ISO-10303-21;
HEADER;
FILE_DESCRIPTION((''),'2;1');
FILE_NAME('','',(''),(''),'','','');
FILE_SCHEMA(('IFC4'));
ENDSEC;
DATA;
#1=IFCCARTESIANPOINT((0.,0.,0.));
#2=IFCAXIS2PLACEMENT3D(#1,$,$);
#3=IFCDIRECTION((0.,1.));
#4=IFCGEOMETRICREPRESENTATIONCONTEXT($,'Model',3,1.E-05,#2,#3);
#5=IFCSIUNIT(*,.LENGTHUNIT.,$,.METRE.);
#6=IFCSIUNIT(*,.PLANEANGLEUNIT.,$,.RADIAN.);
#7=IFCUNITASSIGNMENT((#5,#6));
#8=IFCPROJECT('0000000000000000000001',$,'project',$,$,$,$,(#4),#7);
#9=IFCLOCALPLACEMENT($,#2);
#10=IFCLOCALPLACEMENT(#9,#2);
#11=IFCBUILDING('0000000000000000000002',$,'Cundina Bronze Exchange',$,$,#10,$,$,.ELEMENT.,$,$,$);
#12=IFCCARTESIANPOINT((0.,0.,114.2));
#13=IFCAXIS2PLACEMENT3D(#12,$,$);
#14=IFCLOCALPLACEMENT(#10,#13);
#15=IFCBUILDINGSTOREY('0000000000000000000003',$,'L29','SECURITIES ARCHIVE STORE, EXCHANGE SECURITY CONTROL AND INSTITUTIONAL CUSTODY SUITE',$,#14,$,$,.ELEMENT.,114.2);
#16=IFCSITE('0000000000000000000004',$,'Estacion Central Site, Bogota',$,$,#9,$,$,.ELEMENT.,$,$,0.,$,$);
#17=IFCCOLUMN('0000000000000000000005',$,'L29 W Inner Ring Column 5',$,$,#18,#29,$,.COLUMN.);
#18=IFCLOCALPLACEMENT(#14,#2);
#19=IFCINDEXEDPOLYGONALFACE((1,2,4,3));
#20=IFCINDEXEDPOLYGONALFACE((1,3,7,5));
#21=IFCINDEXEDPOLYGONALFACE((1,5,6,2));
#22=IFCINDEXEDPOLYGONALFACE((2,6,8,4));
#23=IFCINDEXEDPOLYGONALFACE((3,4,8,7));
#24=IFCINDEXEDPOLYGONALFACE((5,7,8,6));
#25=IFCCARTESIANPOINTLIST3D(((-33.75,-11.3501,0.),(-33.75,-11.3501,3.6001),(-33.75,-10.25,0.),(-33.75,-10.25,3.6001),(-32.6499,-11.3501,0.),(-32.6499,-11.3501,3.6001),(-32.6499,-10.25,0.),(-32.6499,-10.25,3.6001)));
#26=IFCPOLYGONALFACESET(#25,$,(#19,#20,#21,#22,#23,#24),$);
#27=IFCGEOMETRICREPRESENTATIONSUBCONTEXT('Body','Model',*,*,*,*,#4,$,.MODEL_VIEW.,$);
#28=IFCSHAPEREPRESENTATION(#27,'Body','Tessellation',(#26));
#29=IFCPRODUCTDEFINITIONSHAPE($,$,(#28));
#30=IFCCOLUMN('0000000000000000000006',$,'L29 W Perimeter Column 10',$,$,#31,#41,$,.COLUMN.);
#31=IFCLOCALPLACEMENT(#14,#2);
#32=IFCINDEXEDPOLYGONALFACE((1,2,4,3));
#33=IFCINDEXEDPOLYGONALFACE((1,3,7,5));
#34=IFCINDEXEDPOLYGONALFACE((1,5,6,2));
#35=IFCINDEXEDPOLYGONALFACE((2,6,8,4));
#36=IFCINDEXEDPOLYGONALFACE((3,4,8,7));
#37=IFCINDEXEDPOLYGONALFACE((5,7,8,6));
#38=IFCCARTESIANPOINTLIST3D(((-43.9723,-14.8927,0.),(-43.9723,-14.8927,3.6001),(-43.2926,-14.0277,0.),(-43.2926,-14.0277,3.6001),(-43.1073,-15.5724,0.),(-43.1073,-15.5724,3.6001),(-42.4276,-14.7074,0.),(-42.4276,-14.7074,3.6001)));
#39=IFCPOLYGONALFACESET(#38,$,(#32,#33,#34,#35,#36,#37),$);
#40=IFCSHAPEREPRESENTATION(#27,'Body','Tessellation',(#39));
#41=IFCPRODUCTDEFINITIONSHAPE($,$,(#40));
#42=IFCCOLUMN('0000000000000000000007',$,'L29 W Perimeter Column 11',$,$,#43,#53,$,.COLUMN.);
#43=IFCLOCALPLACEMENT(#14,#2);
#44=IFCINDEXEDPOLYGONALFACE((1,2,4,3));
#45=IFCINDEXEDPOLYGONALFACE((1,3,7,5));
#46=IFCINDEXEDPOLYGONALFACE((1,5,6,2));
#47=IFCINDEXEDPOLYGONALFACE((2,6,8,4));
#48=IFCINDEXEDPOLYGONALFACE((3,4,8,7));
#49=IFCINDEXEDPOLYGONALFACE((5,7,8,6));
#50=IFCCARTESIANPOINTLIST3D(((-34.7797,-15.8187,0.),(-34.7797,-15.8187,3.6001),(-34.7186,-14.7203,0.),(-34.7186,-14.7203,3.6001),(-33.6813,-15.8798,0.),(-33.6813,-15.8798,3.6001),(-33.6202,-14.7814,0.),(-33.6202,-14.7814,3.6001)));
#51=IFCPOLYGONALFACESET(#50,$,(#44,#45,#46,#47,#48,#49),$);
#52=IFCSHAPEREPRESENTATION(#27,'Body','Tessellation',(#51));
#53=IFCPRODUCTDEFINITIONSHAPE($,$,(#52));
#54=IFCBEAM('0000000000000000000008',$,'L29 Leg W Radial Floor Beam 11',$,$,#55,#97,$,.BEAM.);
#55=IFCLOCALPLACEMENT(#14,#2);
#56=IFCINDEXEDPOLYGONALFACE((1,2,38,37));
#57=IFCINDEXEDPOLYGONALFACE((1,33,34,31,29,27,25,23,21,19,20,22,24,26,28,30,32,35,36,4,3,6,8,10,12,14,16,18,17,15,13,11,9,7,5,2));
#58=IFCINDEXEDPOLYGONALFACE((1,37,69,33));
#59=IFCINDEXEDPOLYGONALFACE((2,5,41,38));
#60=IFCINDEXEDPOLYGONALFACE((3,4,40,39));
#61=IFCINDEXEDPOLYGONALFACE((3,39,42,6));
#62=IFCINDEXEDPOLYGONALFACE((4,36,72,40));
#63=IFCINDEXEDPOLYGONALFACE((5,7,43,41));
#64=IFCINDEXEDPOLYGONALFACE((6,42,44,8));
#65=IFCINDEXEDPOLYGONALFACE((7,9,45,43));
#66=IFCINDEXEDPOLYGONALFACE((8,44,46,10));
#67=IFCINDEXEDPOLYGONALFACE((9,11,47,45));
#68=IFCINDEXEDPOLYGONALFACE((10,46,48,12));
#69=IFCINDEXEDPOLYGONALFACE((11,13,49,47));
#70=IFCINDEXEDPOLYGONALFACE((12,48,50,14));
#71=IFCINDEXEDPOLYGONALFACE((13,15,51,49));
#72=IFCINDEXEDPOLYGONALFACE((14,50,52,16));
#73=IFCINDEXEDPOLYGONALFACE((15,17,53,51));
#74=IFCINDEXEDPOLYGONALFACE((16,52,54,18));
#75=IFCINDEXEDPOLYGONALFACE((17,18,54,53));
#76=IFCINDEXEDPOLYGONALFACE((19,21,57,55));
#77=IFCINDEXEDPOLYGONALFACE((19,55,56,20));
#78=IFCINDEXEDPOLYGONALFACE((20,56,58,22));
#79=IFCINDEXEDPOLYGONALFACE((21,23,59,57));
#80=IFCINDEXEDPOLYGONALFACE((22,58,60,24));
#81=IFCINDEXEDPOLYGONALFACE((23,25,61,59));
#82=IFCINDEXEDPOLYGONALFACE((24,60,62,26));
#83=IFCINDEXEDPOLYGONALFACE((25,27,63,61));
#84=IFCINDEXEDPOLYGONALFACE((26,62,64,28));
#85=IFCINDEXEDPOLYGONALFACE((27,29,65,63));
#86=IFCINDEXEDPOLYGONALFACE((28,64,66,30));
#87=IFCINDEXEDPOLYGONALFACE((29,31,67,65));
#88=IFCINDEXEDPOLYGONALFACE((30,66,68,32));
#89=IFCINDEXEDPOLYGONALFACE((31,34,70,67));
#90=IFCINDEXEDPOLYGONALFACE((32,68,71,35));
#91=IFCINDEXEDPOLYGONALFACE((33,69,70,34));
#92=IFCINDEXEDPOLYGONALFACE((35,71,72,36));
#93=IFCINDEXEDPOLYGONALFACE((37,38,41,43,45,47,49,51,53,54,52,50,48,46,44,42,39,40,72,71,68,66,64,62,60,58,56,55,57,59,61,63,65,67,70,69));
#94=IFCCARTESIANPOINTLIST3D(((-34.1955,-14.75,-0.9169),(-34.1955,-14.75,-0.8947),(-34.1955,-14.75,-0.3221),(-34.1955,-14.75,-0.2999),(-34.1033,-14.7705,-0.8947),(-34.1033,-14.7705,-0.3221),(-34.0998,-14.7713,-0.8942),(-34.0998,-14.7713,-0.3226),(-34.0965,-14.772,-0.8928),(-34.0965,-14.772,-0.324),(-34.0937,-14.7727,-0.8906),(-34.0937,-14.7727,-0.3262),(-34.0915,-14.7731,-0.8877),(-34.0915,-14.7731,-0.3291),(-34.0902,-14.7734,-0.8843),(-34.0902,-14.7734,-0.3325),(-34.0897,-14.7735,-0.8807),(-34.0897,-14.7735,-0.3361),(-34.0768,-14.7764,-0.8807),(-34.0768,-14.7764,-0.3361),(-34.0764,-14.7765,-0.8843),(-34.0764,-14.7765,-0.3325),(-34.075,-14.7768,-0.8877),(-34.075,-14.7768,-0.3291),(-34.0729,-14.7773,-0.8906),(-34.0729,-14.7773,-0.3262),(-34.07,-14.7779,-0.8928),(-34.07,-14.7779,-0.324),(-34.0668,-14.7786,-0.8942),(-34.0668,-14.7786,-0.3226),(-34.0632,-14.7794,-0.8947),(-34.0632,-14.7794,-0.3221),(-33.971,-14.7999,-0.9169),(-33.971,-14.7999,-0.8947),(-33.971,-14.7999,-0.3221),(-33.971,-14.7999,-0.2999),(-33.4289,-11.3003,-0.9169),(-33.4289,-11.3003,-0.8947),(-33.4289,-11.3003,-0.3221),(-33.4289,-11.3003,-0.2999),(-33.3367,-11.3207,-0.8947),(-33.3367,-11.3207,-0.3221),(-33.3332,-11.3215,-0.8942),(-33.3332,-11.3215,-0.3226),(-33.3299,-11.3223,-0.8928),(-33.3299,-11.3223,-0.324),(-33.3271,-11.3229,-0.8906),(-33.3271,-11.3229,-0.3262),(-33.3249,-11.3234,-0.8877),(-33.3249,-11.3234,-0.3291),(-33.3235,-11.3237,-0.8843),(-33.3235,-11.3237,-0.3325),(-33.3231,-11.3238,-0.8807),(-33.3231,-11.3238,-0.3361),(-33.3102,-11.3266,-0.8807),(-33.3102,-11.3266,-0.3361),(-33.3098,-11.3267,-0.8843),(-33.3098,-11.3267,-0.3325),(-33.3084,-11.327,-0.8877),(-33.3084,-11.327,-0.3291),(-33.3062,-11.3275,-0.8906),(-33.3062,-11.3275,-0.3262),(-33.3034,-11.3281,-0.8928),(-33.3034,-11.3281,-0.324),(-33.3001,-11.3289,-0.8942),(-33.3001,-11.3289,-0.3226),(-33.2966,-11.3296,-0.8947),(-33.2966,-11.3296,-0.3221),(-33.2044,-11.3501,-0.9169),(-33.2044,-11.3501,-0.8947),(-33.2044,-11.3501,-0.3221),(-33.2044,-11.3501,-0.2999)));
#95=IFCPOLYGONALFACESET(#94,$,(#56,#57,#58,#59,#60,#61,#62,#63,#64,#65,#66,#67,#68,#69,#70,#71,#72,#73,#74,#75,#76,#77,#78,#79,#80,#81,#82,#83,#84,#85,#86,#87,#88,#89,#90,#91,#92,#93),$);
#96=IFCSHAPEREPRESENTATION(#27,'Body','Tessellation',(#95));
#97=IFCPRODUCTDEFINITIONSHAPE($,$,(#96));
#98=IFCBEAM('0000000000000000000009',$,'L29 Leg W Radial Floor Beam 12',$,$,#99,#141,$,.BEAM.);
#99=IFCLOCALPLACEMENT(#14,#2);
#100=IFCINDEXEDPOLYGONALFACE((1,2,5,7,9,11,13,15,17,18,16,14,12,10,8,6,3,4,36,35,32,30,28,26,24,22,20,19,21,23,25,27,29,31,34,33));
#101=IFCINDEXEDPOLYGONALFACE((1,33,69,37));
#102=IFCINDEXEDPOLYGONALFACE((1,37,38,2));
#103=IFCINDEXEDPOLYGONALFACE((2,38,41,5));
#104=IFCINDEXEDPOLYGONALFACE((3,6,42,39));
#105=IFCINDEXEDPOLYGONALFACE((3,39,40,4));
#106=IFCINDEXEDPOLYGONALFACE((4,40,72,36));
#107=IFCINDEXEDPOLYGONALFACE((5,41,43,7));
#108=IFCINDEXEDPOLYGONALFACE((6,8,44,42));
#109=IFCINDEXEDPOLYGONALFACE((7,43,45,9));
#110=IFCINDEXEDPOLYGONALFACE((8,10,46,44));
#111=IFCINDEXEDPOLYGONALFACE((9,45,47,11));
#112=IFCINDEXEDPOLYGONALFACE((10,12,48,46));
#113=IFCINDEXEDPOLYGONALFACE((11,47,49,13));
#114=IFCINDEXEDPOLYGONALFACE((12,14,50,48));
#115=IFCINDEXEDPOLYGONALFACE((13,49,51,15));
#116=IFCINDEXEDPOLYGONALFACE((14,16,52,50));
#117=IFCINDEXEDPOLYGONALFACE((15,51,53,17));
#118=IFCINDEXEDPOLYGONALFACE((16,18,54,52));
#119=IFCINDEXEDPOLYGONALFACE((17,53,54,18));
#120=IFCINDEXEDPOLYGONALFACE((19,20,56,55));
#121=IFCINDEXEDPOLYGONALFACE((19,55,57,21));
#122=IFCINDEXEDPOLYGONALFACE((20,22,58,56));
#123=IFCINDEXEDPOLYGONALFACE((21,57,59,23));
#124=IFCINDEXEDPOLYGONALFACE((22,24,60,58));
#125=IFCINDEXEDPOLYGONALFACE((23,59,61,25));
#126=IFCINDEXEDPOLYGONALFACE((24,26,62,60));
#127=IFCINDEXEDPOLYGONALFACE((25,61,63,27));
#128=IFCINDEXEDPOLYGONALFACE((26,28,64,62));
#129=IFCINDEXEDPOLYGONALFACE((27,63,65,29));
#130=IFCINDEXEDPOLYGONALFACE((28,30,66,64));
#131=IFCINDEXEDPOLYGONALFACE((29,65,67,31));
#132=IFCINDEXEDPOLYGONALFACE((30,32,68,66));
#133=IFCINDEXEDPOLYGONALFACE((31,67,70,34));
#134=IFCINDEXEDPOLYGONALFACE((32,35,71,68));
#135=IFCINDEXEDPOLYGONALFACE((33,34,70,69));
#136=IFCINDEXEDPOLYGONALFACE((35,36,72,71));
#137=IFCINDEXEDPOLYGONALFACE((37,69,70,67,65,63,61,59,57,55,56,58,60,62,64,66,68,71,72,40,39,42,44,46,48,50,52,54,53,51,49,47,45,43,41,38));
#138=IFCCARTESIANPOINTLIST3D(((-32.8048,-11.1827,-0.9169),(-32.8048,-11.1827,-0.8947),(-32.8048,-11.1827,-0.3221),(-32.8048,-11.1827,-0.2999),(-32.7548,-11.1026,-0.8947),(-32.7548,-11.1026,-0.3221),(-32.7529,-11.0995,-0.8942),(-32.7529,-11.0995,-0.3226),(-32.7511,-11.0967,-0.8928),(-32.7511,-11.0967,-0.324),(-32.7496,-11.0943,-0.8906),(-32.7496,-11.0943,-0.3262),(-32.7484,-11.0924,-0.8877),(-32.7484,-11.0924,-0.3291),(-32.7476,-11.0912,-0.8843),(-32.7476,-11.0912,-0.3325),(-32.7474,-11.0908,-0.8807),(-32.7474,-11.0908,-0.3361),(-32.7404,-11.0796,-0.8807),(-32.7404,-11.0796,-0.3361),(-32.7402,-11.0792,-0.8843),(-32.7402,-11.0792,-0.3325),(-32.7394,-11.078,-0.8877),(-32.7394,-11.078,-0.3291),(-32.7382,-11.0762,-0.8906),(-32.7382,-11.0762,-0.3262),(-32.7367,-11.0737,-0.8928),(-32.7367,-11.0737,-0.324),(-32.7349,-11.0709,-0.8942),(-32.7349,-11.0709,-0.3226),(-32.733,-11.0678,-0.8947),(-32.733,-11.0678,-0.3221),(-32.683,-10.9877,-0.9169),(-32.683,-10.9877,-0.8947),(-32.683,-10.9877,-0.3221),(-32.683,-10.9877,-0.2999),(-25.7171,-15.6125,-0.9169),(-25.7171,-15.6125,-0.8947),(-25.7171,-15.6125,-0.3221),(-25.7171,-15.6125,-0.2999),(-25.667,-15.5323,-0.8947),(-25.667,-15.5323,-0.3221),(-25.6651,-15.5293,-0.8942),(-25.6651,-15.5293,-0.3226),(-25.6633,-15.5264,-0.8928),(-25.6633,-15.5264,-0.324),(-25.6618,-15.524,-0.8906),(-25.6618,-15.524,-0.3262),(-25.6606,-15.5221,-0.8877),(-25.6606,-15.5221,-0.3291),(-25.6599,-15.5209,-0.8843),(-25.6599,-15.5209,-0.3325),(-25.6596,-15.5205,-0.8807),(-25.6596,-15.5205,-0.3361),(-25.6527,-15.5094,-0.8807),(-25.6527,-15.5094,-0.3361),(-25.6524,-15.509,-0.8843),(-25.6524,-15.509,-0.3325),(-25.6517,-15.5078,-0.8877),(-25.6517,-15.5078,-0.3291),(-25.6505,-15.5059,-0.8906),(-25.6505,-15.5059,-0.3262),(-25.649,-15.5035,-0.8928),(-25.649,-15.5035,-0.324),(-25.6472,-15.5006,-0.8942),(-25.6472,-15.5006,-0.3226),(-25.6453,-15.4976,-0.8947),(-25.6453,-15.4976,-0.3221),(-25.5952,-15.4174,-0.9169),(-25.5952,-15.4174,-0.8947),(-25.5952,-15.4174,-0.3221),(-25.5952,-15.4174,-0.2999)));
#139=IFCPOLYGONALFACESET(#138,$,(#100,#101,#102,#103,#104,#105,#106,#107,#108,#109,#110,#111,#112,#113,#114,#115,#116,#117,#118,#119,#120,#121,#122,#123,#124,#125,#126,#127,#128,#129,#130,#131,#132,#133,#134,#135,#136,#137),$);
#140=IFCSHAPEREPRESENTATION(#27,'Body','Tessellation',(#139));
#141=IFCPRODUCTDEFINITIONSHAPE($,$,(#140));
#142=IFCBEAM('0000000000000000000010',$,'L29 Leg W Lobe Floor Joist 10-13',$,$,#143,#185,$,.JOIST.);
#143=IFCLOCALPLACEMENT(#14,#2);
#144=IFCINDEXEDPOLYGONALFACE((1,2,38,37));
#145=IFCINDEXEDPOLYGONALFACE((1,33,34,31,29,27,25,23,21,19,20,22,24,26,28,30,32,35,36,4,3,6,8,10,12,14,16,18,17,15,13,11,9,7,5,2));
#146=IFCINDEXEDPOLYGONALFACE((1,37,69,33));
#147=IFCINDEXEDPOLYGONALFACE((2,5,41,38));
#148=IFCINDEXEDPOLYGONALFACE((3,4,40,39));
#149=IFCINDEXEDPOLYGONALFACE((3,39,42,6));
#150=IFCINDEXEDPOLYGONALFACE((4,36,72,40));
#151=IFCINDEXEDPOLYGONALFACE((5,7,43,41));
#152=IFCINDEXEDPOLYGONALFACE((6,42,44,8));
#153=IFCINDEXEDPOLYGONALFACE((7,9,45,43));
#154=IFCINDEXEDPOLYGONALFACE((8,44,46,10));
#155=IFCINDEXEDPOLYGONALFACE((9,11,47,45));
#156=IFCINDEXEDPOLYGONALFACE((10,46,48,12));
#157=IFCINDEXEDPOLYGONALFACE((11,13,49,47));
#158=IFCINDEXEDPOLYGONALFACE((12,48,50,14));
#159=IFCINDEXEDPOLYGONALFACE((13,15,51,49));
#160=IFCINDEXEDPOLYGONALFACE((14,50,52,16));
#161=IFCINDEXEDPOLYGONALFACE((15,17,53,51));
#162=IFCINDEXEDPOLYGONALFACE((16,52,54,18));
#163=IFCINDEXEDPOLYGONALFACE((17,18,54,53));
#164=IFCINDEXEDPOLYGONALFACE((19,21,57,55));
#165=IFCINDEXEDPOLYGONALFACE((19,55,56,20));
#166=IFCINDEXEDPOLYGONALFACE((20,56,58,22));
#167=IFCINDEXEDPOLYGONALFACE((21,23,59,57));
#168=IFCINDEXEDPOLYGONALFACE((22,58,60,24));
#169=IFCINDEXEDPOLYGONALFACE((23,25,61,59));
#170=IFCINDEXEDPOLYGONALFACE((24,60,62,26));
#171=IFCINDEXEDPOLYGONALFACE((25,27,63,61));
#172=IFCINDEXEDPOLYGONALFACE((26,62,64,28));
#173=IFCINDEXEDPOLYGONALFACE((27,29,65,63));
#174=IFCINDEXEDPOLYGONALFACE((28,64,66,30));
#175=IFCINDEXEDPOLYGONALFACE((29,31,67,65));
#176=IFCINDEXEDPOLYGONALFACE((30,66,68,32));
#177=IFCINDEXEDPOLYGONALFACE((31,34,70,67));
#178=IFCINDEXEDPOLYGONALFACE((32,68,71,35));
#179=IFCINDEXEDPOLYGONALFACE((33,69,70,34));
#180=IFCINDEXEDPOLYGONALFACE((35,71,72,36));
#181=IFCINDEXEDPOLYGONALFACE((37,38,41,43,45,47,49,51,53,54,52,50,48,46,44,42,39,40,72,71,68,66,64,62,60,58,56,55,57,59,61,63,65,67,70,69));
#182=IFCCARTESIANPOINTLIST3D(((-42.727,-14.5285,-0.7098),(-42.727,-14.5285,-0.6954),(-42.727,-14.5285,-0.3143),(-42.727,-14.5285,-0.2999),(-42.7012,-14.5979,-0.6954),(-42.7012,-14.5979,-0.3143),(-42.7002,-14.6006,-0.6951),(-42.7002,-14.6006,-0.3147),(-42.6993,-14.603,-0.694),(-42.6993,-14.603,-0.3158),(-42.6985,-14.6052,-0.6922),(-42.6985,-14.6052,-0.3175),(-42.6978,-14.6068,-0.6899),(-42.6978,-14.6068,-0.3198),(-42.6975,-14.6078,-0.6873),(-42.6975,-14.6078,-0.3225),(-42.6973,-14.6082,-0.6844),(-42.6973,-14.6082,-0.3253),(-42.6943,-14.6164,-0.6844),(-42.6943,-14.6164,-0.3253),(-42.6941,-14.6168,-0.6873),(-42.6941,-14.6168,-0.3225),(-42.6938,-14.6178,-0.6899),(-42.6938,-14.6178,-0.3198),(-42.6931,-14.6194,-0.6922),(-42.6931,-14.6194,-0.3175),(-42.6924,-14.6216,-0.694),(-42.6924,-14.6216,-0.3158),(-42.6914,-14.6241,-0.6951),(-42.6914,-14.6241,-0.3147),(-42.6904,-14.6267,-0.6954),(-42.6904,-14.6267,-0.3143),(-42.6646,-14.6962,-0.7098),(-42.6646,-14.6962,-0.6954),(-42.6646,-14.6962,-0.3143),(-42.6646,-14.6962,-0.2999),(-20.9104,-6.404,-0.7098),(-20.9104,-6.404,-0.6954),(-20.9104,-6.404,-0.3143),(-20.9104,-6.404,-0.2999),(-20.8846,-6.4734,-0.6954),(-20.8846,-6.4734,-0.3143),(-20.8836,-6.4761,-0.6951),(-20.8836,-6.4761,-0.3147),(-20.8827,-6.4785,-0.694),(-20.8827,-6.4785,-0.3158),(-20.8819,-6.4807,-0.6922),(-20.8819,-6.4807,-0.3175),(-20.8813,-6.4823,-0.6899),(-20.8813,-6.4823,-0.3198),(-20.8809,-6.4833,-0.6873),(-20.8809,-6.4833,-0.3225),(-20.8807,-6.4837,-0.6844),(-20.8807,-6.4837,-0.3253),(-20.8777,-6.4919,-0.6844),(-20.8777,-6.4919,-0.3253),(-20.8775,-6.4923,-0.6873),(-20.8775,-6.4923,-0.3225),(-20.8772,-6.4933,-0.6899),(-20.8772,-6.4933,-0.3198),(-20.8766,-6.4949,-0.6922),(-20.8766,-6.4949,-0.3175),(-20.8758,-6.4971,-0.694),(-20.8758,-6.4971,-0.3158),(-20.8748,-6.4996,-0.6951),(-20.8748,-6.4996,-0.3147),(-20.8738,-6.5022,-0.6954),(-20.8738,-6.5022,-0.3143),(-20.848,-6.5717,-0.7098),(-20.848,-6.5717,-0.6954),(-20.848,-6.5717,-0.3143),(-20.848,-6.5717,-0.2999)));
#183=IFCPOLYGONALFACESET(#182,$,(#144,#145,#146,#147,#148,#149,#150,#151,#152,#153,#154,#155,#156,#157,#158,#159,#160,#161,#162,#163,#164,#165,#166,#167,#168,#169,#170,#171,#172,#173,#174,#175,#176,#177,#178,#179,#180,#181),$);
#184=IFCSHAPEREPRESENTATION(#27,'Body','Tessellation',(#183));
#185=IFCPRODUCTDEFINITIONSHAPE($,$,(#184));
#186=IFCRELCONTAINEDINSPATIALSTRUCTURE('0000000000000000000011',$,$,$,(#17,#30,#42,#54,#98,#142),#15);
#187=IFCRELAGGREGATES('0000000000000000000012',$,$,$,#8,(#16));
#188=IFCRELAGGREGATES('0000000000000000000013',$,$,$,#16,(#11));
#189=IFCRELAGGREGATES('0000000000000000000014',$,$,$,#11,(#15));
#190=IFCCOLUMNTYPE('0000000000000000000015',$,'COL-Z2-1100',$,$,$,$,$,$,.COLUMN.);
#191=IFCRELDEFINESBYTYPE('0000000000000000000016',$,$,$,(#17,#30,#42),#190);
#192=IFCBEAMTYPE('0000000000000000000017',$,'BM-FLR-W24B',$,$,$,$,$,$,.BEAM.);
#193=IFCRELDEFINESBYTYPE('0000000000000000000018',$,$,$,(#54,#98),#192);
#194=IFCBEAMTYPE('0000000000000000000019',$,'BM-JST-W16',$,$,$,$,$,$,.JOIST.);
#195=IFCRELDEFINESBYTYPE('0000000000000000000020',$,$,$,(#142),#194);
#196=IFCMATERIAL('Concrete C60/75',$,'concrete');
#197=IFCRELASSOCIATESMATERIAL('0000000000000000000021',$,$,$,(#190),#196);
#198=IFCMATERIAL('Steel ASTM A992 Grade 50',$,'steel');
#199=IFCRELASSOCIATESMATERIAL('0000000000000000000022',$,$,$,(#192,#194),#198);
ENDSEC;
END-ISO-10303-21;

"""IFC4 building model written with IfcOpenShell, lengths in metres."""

from ifc_helpers import new_model, si_unit, direction, frame, origin, origin_2d, place, context, subcontext, project, spatial, rectangle, i_section, extrude, material, material_profile, profile_set, type_object, element, save


model = new_model("IFC4")

# Units and contexts
model_context = context("Model", 3, precision=1e-05, world=origin(), true_north=direction((0.0, 1.0)))
body_context = subcontext(model_context, "Body", "Model", "MODEL_VIEW")
ifc_project = project(units=[si_unit("LENGTHUNIT", "METRE"), si_unit("PLANEANGLEUNIT", "RADIAN")], contexts=[model_context])

# Site, building, storey
site_placement = place(None, origin())
site = spatial("IfcSite", under=ifc_project, at=site_placement, Name="Estacion Central Site, Bogota", CompositionType="ELEMENT", RefElevation=0.0)
building_placement = place(site_placement, origin())
building = spatial("IfcBuilding", under=site, at=building_placement, Name="Cundina Bronze Exchange", CompositionType="ELEMENT")
storey_placement = place(building_placement, frame((0.0, 0.0, 114.2)))
storey = spatial("IfcBuildingStorey", under=building, at=storey_placement, Name="L29", Description="SECURITIES ARCHIVE STORE, EXCHANGE SECURITY CONTROL AND INSTITUTIONAL CUSTODY SUITE", CompositionType="ELEMENT", Elevation=114.2)

# Columns
ifc_material_1 = material(Name="Concrete C60/75", Category="concrete")
ifc_material_profile_1 = material_profile(ifc_material_1, rectangle(XDim=1.1001, YDim=1.1001, at=origin_2d()), Name="RC1100X1100", Category="concrete")
ifc_profile_set_1 = profile_set([ifc_material_profile_1], Name="Concrete C60/75")
column_type = type_object("IfcColumnType", Name="COL-Z2-1100", PredefinedType="COLUMN", material=ifc_profile_set_1)
for number, where, z_axis, x_axis, name in (
    (1, (-33.2, -10.8, 0.0), (0.0, 0.0, 1.0), (1.0, 0.0, 0.0), "L29 W Inner Ring Column 5"),
    (2, (-43.2, -14.8, 0.0), (0.0, 0.0, 1.0), (0.786288, -0.61786, 0.0), "L29 W Perimeter Column 10"),
    (3, (-34.2, -15.3, 0.0), (0.0, 0.0, 1.0), (0.99846, -0.055473, 0.0), "L29 W Perimeter Column 11"),
):
    element("IfcColumn", number, at=place(storey_placement, frame(where, z_axis=z_axis, x_axis=x_axis)), inside=storey, type_object=column_type, Name=name, PredefinedType="COLUMN", context=body_context, shape_type="SweptSolid", body=[
        extrude(rectangle(XDim=1.1001, YDim=1.1001, at=origin_2d()), origin(), (0.0, 0.0, 1.0), 3.6001),
    ])

# Beams
ifc_material_2 = material(Name="Steel ASTM A992 Grade 50", Category="steel")
ifc_material_profile_2 = material_profile(ifc_material_2, i_section(OverallWidth=0.23, OverallDepth=0.6169, WebThickness=0.0132, FlangeThickness=0.0222, FilletRadius=0.0139, at=origin_2d()), Name="W24X94", Category="steel")
ifc_profile_set_2 = profile_set([ifc_material_profile_2], Name="Steel ASTM A992 Grade 50")
beam_type_1 = type_object("IfcBeamType", Name="BM-FLR-W24B", PredefinedType="BEAM", material=ifc_profile_set_2)
beam_1_placement = place(storey_placement, frame((-33.3167, -11.3252, -0.6084), z_axis=(-0.21693, -0.976187, 0.0), x_axis=(0.976187, -0.21693, 0.0)))
element("IfcBeam", 4, at=beam_1_placement, inside=storey, type_object=beam_type_1, Name="L29 Leg W Radial Floor Beam 11", PredefinedType="BEAM", context=body_context, shape_type="SweptSolid", body=[
    extrude(i_section(OverallWidth=0.23, OverallDepth=0.6169, WebThickness=0.0132, FlangeThickness=0.0222, FilletRadius=0.0139, at=origin_2d()), origin(), (0.0, 0.0, 1.0), 3.5339),
])
beam_2_placement = place(storey_placement, frame((-32.7439, -11.0852, -0.6084), z_axis=(0.848003, -0.529991, 0.0), x_axis=(0.529991, 0.848003, 0.0)))
element("IfcBeam", 5, at=beam_2_placement, inside=storey, type_object=beam_type_1, Name="L29 Leg W Radial Floor Beam 12", PredefinedType="BEAM", context=body_context, shape_type="SweptSolid", body=[
    extrude(i_section(OverallWidth=0.23, OverallDepth=0.6169, WebThickness=0.0132, FlangeThickness=0.0222, FilletRadius=0.0139, at=origin_2d()), origin(), (0.0, 0.0, 1.0), 8.3582),
])
ifc_material_profile_3 = material_profile(ifc_material_2, i_section(OverallWidth=0.179, OverallDepth=0.4099, WebThickness=0.0088, FlangeThickness=0.0144, FilletRadius=0.011, at=origin_2d()), Name="W16X45", Category="steel")
ifc_profile_set_3 = profile_set([ifc_material_profile_3], Name="Steel ASTM A992 Grade 50")
beam_type_2 = type_object("IfcBeamType", Name="BM-JST-W16", PredefinedType="JOIST", material=ifc_profile_set_3)
beam_3_placement = place(storey_placement, frame((-42.6958, -14.6123, -0.5049), z_axis=(0.937128, 0.348986, 0.0), x_axis=(-0.348986, 0.937128, 0.0)))
element("IfcBeam", 6, at=beam_3_placement, inside=storey, type_object=beam_type_2, Name="L29 Leg W Lobe Floor Joist 10-13", PredefinedType="JOIST", context=body_context, shape_type="SweptSolid", body=[
    extrude(i_section(OverallWidth=0.179, OverallDepth=0.4099, WebThickness=0.0088, FlangeThickness=0.0144, FilletRadius=0.011, at=origin_2d()), origin(), (0.0, 0.0, 1.0), 23.2803),
])

save(model, "model.ifc")
